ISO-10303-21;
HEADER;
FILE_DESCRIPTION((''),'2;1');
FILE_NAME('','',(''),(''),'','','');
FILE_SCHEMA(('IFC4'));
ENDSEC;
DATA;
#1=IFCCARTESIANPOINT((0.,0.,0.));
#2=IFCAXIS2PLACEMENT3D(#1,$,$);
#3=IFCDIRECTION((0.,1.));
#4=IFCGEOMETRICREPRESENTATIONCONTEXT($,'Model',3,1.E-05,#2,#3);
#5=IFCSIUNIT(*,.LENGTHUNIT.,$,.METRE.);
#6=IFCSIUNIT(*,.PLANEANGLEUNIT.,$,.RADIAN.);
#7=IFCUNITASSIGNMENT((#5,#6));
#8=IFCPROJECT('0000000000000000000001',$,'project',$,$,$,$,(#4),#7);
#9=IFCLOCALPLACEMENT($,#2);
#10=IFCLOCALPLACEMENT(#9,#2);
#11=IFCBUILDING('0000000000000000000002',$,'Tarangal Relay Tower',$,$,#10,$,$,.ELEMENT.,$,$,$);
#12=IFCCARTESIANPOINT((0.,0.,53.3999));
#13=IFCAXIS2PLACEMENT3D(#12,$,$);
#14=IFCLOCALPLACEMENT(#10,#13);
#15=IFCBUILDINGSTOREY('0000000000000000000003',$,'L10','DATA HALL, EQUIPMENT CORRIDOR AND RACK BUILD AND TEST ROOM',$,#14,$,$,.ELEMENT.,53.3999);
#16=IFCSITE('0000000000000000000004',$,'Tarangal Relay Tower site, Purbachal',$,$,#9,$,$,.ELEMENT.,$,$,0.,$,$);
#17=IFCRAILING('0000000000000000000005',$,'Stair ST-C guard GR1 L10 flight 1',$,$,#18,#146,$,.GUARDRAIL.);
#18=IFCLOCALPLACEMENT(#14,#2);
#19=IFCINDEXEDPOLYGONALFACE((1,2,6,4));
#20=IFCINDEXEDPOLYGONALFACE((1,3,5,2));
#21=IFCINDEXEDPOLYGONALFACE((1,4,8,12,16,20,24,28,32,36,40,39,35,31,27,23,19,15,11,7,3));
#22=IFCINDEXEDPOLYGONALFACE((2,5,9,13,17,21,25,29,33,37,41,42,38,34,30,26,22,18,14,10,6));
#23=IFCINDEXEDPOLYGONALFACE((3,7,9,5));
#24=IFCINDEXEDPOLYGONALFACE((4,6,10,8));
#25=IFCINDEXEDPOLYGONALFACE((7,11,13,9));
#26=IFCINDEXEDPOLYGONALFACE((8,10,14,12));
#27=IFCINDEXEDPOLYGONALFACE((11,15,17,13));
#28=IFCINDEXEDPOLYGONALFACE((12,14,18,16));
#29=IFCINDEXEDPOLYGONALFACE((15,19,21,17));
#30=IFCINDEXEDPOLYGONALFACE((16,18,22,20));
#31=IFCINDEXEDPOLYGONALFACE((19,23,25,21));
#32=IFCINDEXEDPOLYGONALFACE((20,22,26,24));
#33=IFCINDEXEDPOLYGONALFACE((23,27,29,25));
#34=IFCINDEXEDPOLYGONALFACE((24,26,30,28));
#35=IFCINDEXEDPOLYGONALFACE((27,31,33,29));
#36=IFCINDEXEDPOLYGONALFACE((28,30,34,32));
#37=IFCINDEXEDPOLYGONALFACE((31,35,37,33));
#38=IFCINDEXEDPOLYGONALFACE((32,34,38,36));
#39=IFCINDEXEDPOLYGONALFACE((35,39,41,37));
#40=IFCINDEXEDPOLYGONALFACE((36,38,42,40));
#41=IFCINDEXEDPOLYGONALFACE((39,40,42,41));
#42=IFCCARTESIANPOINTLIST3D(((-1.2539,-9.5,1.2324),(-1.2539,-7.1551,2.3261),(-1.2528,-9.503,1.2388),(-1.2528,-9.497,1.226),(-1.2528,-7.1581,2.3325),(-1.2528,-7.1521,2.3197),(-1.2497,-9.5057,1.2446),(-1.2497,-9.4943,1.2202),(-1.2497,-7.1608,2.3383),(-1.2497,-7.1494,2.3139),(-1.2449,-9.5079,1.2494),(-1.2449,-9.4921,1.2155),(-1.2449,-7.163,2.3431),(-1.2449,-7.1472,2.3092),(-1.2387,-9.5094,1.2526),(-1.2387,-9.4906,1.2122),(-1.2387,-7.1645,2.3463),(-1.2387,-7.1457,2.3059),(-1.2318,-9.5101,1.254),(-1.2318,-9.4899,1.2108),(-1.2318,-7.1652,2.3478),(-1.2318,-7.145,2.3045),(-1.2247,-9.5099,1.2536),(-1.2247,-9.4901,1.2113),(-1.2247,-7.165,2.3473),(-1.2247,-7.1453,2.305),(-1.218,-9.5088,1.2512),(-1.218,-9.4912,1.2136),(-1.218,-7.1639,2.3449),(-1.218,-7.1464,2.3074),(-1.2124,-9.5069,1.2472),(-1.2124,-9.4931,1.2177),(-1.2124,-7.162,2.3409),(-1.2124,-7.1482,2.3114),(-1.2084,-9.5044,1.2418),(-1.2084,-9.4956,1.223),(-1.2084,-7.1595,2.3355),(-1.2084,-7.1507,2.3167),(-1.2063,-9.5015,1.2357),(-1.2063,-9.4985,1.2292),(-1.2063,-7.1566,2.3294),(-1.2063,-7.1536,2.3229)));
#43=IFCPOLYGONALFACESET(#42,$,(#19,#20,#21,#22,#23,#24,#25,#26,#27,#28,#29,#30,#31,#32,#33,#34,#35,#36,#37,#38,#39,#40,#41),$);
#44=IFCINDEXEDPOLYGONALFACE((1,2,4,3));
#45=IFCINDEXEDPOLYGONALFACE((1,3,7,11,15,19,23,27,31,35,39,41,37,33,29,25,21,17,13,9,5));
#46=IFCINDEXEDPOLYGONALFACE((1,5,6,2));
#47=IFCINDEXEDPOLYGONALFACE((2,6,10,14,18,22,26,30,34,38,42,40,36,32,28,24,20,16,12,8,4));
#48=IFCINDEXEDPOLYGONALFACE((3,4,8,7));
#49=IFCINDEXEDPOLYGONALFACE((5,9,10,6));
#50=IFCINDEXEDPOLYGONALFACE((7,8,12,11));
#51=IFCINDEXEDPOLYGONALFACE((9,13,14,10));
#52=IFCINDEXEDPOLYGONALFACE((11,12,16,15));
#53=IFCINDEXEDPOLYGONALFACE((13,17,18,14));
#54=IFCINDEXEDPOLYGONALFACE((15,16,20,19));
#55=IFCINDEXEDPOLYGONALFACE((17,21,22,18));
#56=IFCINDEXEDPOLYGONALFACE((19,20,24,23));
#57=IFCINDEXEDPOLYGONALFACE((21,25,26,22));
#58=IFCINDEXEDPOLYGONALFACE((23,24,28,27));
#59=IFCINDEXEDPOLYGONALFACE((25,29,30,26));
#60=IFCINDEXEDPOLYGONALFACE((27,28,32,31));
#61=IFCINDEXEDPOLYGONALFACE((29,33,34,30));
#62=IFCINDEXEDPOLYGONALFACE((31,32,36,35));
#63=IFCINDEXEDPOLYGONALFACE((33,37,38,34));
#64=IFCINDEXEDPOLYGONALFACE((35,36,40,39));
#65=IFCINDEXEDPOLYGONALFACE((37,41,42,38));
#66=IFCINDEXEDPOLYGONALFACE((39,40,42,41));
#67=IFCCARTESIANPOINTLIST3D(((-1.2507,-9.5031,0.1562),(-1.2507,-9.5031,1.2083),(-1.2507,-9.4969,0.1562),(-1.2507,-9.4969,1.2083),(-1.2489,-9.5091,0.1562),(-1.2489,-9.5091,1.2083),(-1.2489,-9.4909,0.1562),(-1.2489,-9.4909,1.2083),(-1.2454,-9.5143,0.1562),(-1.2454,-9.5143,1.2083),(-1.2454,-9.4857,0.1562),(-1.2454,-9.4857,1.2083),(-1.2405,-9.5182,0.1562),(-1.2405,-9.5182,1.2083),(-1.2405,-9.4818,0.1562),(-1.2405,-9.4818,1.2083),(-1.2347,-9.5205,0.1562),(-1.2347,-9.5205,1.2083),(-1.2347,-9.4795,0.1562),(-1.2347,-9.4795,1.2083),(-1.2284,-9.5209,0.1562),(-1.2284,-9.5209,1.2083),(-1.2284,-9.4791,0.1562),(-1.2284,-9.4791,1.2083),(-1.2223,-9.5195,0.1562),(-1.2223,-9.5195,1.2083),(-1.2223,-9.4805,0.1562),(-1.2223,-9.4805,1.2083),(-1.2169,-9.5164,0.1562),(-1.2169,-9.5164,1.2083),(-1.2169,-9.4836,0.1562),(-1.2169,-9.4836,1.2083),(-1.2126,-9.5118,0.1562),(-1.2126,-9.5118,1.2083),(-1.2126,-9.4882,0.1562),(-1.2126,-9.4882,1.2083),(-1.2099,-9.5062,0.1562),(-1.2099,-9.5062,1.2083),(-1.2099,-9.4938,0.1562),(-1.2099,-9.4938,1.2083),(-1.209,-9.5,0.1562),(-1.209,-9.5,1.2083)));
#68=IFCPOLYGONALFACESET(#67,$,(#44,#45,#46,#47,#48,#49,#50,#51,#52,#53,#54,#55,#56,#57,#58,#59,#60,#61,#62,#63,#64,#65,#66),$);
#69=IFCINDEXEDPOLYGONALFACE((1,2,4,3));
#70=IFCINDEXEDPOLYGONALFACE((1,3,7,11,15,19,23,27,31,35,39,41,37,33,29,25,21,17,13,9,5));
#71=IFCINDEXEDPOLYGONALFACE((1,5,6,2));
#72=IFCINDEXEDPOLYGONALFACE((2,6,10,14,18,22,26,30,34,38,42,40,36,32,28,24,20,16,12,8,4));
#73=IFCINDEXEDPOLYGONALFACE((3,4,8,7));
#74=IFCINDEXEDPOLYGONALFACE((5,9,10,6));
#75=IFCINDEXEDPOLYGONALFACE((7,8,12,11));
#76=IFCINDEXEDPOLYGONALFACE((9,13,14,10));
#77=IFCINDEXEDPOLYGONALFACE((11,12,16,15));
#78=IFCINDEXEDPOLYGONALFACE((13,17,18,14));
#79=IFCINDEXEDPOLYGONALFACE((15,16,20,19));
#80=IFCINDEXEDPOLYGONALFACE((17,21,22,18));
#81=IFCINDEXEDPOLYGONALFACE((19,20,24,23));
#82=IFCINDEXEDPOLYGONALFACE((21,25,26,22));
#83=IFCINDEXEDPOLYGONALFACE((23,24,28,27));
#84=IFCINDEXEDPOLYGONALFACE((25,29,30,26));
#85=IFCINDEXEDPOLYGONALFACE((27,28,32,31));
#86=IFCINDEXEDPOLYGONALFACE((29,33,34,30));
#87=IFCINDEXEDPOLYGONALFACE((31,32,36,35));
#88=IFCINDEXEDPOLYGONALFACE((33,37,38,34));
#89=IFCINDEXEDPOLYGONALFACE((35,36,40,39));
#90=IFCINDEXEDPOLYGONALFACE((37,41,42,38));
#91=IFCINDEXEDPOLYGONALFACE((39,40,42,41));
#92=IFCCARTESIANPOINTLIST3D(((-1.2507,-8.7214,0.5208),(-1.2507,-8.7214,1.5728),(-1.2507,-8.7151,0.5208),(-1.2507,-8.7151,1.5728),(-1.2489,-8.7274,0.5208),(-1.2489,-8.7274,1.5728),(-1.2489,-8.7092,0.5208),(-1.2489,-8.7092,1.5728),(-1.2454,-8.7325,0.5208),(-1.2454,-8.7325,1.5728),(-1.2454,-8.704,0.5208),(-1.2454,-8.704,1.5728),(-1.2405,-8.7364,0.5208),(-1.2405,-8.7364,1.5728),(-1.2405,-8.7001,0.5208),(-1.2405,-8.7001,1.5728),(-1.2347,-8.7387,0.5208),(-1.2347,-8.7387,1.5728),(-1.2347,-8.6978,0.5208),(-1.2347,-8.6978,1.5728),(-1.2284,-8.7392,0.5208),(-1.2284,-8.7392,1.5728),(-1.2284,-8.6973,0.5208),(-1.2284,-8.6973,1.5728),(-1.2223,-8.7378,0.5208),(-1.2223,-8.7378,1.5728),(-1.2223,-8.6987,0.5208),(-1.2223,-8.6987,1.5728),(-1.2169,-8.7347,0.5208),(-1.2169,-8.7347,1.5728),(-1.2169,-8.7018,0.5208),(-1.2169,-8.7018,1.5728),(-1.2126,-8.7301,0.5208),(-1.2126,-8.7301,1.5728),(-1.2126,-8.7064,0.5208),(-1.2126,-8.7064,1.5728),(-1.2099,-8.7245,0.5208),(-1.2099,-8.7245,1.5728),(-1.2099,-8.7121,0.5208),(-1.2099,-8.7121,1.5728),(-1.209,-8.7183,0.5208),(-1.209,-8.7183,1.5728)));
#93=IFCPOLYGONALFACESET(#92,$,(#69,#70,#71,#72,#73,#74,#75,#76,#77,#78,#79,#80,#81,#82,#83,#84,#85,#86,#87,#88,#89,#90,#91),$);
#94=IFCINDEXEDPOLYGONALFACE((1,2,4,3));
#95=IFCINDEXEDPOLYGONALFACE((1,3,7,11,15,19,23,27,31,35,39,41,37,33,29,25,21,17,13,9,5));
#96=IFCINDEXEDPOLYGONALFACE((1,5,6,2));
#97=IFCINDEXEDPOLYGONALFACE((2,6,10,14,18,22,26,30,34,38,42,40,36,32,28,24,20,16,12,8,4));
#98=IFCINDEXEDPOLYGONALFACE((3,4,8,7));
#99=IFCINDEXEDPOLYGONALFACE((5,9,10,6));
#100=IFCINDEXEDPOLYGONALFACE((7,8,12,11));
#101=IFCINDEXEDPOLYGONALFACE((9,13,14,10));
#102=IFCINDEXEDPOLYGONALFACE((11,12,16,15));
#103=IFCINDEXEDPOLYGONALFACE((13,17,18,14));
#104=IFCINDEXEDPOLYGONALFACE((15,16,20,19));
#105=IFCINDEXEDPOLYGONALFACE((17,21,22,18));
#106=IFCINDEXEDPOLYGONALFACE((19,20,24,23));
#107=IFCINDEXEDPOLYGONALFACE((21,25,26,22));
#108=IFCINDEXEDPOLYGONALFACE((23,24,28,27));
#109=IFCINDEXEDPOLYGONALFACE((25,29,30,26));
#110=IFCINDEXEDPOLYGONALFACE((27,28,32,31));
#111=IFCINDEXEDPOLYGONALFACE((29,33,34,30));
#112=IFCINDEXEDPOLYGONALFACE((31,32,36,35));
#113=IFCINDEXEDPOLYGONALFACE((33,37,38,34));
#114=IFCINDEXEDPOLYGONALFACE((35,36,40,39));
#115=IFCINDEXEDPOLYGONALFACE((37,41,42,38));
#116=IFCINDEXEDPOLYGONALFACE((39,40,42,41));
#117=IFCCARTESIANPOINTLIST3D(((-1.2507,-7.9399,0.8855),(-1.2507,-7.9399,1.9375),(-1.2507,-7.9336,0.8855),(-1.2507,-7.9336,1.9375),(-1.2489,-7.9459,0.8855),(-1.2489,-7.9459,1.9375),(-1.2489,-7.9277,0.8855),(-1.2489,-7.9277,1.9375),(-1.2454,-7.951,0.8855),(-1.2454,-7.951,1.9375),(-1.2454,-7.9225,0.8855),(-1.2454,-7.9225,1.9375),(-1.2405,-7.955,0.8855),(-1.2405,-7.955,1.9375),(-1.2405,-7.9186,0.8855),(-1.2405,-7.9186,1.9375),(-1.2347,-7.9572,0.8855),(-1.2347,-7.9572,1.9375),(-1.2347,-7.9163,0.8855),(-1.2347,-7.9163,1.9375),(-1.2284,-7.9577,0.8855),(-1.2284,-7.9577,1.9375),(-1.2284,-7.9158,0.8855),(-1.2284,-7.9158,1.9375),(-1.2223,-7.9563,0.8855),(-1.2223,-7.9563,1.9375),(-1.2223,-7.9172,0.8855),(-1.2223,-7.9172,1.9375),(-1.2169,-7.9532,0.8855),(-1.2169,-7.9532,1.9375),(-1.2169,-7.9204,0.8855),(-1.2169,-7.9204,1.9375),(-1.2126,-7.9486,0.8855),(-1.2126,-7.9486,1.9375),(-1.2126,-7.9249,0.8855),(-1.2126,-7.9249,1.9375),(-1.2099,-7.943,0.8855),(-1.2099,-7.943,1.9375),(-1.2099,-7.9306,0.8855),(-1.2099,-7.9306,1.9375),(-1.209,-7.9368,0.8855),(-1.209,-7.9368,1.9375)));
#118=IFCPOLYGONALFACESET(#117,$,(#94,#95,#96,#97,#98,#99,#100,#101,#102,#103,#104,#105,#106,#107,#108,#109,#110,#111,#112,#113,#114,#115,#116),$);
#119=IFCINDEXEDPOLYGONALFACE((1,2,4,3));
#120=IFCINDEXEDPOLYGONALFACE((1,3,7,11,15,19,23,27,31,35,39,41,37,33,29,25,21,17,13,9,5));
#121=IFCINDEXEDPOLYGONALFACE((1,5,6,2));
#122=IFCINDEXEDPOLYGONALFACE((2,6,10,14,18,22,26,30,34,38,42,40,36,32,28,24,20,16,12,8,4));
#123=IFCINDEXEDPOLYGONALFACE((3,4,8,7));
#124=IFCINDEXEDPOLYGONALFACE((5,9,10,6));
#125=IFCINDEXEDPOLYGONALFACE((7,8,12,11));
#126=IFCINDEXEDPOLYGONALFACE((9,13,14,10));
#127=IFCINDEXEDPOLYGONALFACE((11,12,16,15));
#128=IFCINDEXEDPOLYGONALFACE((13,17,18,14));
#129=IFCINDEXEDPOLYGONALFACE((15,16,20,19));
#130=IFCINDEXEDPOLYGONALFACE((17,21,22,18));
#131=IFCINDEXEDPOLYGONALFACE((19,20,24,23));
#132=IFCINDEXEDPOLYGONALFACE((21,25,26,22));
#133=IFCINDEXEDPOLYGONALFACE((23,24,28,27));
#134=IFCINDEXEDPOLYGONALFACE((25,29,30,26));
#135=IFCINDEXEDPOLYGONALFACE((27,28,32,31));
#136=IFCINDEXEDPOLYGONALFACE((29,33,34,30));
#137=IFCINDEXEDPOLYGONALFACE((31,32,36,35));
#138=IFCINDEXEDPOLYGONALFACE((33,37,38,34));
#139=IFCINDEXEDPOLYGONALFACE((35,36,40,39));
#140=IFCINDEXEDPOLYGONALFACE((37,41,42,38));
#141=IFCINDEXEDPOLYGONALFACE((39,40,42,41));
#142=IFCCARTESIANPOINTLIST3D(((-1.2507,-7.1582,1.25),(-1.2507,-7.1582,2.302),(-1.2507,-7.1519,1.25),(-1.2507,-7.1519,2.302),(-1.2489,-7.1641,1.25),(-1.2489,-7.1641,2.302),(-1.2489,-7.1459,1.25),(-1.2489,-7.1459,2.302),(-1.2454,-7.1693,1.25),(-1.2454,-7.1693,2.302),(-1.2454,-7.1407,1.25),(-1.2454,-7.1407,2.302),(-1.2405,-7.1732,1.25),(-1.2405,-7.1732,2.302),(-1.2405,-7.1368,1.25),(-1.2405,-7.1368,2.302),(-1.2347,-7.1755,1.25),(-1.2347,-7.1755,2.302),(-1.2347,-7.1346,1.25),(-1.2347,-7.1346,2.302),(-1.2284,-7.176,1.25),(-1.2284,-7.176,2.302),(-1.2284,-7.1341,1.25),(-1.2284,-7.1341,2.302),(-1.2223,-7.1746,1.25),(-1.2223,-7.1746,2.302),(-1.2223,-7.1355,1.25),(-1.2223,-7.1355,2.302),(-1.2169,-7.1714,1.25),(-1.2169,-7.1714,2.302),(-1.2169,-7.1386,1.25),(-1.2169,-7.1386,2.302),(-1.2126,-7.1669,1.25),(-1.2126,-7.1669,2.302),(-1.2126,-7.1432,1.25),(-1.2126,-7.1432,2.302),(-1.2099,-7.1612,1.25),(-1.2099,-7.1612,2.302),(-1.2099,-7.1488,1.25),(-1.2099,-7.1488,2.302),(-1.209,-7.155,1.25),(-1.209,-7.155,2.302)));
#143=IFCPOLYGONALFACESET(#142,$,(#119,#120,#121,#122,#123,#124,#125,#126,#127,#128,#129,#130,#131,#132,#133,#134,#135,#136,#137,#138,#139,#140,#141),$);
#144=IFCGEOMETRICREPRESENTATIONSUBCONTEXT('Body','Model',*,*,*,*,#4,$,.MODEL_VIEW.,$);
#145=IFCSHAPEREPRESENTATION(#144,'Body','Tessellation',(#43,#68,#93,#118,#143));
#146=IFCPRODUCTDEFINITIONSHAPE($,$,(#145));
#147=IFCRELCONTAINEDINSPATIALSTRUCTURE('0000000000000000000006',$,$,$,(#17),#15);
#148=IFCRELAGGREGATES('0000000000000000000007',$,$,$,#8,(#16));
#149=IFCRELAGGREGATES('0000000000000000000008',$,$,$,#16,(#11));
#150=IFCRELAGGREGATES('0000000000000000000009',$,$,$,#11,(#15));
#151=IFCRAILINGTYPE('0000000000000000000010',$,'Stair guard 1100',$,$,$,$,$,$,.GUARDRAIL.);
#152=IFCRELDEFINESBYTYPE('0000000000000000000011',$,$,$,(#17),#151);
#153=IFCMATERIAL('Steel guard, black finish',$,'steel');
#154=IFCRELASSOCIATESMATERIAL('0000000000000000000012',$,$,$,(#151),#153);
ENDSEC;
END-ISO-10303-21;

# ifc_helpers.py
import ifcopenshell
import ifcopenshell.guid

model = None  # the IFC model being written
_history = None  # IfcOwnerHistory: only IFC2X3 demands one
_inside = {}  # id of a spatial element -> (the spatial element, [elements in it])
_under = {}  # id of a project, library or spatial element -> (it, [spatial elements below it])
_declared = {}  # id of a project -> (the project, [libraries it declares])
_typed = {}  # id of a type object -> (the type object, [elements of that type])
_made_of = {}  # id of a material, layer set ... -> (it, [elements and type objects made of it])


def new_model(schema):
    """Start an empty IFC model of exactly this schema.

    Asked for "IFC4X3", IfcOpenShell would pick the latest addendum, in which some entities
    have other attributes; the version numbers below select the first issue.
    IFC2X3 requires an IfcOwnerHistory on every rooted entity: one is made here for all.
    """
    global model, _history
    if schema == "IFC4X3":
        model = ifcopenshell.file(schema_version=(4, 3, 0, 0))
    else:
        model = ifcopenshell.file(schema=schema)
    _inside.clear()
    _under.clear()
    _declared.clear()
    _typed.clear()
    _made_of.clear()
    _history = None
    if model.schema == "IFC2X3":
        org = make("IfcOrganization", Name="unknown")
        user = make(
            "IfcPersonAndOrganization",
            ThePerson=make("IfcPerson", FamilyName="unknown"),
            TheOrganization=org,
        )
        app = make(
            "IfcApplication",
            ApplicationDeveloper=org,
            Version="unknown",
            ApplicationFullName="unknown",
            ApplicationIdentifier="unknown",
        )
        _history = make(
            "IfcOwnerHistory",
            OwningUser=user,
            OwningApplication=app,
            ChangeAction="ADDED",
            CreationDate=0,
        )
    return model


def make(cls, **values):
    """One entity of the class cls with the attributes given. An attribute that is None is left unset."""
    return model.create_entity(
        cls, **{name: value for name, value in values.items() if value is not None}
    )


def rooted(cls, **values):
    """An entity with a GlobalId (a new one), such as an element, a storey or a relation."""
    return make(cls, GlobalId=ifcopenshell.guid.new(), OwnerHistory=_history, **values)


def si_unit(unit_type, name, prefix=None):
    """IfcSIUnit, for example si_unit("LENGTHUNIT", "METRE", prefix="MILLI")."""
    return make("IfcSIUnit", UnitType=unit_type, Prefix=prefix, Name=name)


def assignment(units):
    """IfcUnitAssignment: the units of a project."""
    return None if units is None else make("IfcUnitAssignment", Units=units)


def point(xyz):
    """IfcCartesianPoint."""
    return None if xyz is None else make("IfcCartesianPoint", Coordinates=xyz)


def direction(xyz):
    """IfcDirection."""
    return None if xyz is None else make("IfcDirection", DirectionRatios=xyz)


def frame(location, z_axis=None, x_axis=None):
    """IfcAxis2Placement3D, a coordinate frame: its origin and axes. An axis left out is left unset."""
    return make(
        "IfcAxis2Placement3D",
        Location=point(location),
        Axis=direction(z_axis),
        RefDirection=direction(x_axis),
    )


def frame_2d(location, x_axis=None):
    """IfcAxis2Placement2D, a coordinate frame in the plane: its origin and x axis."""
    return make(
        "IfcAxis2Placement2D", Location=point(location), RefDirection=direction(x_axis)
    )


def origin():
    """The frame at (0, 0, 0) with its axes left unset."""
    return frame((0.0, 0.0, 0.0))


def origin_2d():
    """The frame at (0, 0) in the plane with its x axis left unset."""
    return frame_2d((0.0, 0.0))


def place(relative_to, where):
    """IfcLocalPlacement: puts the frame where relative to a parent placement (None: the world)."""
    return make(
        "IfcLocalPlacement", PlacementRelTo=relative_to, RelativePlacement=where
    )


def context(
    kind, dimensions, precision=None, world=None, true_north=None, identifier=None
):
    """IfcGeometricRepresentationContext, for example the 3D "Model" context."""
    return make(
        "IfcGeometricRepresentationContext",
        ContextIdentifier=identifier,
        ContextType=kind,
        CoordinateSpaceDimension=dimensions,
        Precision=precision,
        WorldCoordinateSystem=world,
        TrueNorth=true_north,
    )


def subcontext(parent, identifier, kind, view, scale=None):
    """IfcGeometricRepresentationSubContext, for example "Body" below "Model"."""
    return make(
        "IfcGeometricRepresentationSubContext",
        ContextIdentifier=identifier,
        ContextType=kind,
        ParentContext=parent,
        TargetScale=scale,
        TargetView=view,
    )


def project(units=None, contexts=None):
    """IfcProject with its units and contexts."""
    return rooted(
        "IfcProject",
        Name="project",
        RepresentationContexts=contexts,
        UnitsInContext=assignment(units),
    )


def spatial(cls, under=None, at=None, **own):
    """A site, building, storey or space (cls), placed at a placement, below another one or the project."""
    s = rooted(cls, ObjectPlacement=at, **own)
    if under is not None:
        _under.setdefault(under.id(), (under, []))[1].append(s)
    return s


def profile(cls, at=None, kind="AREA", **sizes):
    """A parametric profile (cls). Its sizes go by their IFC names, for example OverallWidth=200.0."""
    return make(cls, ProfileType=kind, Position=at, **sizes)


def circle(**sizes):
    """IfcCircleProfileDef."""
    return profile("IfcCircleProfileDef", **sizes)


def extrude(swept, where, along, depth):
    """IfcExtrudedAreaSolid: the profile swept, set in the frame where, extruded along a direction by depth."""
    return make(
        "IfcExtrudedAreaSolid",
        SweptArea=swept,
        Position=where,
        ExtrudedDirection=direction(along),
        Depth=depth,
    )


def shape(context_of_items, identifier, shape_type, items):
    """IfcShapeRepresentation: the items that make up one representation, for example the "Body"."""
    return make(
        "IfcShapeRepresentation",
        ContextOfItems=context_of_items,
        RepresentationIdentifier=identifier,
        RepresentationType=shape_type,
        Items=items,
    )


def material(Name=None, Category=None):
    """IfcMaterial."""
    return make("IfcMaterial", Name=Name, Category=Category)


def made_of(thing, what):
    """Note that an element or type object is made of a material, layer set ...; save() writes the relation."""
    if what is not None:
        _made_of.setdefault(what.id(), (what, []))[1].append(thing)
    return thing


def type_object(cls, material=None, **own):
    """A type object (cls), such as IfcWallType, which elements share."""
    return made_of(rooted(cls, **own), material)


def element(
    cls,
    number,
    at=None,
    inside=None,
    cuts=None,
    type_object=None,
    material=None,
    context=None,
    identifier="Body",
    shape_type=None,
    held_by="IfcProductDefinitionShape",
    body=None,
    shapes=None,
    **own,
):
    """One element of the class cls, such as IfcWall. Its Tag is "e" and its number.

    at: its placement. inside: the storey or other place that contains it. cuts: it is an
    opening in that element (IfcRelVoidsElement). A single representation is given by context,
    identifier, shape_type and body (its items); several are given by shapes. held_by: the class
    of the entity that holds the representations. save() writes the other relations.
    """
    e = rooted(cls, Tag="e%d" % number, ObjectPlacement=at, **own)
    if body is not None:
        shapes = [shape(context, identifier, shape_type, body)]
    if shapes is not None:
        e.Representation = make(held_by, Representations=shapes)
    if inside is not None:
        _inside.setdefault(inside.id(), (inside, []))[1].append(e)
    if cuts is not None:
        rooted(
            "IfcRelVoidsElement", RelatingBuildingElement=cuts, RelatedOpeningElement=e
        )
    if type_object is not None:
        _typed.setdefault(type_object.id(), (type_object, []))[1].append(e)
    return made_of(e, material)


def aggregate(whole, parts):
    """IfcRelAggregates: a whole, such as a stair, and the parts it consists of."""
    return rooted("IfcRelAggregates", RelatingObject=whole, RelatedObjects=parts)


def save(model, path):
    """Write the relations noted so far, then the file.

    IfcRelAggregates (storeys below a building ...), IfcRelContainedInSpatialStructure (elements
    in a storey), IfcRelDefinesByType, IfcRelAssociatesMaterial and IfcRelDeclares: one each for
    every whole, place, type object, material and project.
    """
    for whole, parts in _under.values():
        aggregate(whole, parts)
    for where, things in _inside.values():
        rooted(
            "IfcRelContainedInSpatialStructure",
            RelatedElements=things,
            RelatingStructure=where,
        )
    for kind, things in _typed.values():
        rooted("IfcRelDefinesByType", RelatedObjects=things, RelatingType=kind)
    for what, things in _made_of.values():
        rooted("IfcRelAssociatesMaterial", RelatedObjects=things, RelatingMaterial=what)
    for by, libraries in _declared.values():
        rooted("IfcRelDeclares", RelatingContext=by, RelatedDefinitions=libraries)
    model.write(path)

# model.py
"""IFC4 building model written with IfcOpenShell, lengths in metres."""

from ifc_helpers import new_model, si_unit, direction, frame, origin, origin_2d, place, context, subcontext, project, spatial, circle, extrude, material, type_object, element, save


model = new_model("IFC4")

# Units and contexts
model_context = context("Model", 3, precision=1e-05, world=origin(), true_north=direction((0.0, 1.0)))
body_context = subcontext(model_context, "Body", "Model", "MODEL_VIEW")
ifc_project = project(units=[si_unit("LENGTHUNIT", "METRE"), si_unit("PLANEANGLEUNIT", "RADIAN")], contexts=[model_context])

# Site, building, storey
site_placement = place(None, origin())
site = spatial("IfcSite", under=ifc_project, at=site_placement, Name="Tarangal Relay Tower site, Purbachal", CompositionType="ELEMENT", RefElevation=0.0)
building_placement = place(site_placement, origin())
building = spatial("IfcBuilding", under=site, at=building_placement, Name="Tarangal Relay Tower", CompositionType="ELEMENT")
storey_placement = place(building_placement, frame((0.0, 0.0, 53.3999)))
storey = spatial("IfcBuildingStorey", under=building, at=storey_placement, Name="L10", Description="DATA HALL, EQUIPMENT CORRIDOR AND RACK BUILD AND TEST ROOM", CompositionType="ELEMENT", Elevation=53.3999)

# Railing
ifc_material_1 = material(Name="Steel guard, black finish", Category="steel")
railing_type_1 = type_object("IfcRailingType", Name="Stair guard 1100", PredefinedType="GUARDRAIL", material=ifc_material_1)
for number, where, name in (
    (1, (-1.23, -9.5, 0.1562), "Stair ST-C guard GR1 L10 flight 1"),
):
    element("IfcRailing", number, at=place(storey_placement, frame(where)), inside=storey, type_object=railing_type_1, Name=name, PredefinedType="GUARDRAIL", context=body_context, shape_type="SweptSolid", body=[
        extrude(circle(Radius=0.0239, at=origin_2d()), frame((0.0, 0.0, 1.0762), z_axis=(0.0, 0.906267, 0.422705), x_axis=(-1.0, 0.0, 0.0)), (0.0, 0.0, 1.0), 2.5874),
        extrude(circle(Radius=0.021, at=origin_2d()), origin(), (0.0, 0.0, 1.0), 1.052),
        extrude(circle(Radius=0.021, at=origin_2d()), frame((0.0, 0.7817, 0.3645)), (0.0, 0.0, 1.0), 1.052),
        extrude(circle(Radius=0.021, at=origin_2d()), frame((0.0, 1.5632, 0.7292)), (0.0, 0.0, 1.0), 1.052),
        extrude(circle(Radius=0.021, at=origin_2d()), frame((0.0, 2.345, 1.0938)), (0.0, 0.0, 1.0), 1.052),
    ])

save(model, "model.ifc")
